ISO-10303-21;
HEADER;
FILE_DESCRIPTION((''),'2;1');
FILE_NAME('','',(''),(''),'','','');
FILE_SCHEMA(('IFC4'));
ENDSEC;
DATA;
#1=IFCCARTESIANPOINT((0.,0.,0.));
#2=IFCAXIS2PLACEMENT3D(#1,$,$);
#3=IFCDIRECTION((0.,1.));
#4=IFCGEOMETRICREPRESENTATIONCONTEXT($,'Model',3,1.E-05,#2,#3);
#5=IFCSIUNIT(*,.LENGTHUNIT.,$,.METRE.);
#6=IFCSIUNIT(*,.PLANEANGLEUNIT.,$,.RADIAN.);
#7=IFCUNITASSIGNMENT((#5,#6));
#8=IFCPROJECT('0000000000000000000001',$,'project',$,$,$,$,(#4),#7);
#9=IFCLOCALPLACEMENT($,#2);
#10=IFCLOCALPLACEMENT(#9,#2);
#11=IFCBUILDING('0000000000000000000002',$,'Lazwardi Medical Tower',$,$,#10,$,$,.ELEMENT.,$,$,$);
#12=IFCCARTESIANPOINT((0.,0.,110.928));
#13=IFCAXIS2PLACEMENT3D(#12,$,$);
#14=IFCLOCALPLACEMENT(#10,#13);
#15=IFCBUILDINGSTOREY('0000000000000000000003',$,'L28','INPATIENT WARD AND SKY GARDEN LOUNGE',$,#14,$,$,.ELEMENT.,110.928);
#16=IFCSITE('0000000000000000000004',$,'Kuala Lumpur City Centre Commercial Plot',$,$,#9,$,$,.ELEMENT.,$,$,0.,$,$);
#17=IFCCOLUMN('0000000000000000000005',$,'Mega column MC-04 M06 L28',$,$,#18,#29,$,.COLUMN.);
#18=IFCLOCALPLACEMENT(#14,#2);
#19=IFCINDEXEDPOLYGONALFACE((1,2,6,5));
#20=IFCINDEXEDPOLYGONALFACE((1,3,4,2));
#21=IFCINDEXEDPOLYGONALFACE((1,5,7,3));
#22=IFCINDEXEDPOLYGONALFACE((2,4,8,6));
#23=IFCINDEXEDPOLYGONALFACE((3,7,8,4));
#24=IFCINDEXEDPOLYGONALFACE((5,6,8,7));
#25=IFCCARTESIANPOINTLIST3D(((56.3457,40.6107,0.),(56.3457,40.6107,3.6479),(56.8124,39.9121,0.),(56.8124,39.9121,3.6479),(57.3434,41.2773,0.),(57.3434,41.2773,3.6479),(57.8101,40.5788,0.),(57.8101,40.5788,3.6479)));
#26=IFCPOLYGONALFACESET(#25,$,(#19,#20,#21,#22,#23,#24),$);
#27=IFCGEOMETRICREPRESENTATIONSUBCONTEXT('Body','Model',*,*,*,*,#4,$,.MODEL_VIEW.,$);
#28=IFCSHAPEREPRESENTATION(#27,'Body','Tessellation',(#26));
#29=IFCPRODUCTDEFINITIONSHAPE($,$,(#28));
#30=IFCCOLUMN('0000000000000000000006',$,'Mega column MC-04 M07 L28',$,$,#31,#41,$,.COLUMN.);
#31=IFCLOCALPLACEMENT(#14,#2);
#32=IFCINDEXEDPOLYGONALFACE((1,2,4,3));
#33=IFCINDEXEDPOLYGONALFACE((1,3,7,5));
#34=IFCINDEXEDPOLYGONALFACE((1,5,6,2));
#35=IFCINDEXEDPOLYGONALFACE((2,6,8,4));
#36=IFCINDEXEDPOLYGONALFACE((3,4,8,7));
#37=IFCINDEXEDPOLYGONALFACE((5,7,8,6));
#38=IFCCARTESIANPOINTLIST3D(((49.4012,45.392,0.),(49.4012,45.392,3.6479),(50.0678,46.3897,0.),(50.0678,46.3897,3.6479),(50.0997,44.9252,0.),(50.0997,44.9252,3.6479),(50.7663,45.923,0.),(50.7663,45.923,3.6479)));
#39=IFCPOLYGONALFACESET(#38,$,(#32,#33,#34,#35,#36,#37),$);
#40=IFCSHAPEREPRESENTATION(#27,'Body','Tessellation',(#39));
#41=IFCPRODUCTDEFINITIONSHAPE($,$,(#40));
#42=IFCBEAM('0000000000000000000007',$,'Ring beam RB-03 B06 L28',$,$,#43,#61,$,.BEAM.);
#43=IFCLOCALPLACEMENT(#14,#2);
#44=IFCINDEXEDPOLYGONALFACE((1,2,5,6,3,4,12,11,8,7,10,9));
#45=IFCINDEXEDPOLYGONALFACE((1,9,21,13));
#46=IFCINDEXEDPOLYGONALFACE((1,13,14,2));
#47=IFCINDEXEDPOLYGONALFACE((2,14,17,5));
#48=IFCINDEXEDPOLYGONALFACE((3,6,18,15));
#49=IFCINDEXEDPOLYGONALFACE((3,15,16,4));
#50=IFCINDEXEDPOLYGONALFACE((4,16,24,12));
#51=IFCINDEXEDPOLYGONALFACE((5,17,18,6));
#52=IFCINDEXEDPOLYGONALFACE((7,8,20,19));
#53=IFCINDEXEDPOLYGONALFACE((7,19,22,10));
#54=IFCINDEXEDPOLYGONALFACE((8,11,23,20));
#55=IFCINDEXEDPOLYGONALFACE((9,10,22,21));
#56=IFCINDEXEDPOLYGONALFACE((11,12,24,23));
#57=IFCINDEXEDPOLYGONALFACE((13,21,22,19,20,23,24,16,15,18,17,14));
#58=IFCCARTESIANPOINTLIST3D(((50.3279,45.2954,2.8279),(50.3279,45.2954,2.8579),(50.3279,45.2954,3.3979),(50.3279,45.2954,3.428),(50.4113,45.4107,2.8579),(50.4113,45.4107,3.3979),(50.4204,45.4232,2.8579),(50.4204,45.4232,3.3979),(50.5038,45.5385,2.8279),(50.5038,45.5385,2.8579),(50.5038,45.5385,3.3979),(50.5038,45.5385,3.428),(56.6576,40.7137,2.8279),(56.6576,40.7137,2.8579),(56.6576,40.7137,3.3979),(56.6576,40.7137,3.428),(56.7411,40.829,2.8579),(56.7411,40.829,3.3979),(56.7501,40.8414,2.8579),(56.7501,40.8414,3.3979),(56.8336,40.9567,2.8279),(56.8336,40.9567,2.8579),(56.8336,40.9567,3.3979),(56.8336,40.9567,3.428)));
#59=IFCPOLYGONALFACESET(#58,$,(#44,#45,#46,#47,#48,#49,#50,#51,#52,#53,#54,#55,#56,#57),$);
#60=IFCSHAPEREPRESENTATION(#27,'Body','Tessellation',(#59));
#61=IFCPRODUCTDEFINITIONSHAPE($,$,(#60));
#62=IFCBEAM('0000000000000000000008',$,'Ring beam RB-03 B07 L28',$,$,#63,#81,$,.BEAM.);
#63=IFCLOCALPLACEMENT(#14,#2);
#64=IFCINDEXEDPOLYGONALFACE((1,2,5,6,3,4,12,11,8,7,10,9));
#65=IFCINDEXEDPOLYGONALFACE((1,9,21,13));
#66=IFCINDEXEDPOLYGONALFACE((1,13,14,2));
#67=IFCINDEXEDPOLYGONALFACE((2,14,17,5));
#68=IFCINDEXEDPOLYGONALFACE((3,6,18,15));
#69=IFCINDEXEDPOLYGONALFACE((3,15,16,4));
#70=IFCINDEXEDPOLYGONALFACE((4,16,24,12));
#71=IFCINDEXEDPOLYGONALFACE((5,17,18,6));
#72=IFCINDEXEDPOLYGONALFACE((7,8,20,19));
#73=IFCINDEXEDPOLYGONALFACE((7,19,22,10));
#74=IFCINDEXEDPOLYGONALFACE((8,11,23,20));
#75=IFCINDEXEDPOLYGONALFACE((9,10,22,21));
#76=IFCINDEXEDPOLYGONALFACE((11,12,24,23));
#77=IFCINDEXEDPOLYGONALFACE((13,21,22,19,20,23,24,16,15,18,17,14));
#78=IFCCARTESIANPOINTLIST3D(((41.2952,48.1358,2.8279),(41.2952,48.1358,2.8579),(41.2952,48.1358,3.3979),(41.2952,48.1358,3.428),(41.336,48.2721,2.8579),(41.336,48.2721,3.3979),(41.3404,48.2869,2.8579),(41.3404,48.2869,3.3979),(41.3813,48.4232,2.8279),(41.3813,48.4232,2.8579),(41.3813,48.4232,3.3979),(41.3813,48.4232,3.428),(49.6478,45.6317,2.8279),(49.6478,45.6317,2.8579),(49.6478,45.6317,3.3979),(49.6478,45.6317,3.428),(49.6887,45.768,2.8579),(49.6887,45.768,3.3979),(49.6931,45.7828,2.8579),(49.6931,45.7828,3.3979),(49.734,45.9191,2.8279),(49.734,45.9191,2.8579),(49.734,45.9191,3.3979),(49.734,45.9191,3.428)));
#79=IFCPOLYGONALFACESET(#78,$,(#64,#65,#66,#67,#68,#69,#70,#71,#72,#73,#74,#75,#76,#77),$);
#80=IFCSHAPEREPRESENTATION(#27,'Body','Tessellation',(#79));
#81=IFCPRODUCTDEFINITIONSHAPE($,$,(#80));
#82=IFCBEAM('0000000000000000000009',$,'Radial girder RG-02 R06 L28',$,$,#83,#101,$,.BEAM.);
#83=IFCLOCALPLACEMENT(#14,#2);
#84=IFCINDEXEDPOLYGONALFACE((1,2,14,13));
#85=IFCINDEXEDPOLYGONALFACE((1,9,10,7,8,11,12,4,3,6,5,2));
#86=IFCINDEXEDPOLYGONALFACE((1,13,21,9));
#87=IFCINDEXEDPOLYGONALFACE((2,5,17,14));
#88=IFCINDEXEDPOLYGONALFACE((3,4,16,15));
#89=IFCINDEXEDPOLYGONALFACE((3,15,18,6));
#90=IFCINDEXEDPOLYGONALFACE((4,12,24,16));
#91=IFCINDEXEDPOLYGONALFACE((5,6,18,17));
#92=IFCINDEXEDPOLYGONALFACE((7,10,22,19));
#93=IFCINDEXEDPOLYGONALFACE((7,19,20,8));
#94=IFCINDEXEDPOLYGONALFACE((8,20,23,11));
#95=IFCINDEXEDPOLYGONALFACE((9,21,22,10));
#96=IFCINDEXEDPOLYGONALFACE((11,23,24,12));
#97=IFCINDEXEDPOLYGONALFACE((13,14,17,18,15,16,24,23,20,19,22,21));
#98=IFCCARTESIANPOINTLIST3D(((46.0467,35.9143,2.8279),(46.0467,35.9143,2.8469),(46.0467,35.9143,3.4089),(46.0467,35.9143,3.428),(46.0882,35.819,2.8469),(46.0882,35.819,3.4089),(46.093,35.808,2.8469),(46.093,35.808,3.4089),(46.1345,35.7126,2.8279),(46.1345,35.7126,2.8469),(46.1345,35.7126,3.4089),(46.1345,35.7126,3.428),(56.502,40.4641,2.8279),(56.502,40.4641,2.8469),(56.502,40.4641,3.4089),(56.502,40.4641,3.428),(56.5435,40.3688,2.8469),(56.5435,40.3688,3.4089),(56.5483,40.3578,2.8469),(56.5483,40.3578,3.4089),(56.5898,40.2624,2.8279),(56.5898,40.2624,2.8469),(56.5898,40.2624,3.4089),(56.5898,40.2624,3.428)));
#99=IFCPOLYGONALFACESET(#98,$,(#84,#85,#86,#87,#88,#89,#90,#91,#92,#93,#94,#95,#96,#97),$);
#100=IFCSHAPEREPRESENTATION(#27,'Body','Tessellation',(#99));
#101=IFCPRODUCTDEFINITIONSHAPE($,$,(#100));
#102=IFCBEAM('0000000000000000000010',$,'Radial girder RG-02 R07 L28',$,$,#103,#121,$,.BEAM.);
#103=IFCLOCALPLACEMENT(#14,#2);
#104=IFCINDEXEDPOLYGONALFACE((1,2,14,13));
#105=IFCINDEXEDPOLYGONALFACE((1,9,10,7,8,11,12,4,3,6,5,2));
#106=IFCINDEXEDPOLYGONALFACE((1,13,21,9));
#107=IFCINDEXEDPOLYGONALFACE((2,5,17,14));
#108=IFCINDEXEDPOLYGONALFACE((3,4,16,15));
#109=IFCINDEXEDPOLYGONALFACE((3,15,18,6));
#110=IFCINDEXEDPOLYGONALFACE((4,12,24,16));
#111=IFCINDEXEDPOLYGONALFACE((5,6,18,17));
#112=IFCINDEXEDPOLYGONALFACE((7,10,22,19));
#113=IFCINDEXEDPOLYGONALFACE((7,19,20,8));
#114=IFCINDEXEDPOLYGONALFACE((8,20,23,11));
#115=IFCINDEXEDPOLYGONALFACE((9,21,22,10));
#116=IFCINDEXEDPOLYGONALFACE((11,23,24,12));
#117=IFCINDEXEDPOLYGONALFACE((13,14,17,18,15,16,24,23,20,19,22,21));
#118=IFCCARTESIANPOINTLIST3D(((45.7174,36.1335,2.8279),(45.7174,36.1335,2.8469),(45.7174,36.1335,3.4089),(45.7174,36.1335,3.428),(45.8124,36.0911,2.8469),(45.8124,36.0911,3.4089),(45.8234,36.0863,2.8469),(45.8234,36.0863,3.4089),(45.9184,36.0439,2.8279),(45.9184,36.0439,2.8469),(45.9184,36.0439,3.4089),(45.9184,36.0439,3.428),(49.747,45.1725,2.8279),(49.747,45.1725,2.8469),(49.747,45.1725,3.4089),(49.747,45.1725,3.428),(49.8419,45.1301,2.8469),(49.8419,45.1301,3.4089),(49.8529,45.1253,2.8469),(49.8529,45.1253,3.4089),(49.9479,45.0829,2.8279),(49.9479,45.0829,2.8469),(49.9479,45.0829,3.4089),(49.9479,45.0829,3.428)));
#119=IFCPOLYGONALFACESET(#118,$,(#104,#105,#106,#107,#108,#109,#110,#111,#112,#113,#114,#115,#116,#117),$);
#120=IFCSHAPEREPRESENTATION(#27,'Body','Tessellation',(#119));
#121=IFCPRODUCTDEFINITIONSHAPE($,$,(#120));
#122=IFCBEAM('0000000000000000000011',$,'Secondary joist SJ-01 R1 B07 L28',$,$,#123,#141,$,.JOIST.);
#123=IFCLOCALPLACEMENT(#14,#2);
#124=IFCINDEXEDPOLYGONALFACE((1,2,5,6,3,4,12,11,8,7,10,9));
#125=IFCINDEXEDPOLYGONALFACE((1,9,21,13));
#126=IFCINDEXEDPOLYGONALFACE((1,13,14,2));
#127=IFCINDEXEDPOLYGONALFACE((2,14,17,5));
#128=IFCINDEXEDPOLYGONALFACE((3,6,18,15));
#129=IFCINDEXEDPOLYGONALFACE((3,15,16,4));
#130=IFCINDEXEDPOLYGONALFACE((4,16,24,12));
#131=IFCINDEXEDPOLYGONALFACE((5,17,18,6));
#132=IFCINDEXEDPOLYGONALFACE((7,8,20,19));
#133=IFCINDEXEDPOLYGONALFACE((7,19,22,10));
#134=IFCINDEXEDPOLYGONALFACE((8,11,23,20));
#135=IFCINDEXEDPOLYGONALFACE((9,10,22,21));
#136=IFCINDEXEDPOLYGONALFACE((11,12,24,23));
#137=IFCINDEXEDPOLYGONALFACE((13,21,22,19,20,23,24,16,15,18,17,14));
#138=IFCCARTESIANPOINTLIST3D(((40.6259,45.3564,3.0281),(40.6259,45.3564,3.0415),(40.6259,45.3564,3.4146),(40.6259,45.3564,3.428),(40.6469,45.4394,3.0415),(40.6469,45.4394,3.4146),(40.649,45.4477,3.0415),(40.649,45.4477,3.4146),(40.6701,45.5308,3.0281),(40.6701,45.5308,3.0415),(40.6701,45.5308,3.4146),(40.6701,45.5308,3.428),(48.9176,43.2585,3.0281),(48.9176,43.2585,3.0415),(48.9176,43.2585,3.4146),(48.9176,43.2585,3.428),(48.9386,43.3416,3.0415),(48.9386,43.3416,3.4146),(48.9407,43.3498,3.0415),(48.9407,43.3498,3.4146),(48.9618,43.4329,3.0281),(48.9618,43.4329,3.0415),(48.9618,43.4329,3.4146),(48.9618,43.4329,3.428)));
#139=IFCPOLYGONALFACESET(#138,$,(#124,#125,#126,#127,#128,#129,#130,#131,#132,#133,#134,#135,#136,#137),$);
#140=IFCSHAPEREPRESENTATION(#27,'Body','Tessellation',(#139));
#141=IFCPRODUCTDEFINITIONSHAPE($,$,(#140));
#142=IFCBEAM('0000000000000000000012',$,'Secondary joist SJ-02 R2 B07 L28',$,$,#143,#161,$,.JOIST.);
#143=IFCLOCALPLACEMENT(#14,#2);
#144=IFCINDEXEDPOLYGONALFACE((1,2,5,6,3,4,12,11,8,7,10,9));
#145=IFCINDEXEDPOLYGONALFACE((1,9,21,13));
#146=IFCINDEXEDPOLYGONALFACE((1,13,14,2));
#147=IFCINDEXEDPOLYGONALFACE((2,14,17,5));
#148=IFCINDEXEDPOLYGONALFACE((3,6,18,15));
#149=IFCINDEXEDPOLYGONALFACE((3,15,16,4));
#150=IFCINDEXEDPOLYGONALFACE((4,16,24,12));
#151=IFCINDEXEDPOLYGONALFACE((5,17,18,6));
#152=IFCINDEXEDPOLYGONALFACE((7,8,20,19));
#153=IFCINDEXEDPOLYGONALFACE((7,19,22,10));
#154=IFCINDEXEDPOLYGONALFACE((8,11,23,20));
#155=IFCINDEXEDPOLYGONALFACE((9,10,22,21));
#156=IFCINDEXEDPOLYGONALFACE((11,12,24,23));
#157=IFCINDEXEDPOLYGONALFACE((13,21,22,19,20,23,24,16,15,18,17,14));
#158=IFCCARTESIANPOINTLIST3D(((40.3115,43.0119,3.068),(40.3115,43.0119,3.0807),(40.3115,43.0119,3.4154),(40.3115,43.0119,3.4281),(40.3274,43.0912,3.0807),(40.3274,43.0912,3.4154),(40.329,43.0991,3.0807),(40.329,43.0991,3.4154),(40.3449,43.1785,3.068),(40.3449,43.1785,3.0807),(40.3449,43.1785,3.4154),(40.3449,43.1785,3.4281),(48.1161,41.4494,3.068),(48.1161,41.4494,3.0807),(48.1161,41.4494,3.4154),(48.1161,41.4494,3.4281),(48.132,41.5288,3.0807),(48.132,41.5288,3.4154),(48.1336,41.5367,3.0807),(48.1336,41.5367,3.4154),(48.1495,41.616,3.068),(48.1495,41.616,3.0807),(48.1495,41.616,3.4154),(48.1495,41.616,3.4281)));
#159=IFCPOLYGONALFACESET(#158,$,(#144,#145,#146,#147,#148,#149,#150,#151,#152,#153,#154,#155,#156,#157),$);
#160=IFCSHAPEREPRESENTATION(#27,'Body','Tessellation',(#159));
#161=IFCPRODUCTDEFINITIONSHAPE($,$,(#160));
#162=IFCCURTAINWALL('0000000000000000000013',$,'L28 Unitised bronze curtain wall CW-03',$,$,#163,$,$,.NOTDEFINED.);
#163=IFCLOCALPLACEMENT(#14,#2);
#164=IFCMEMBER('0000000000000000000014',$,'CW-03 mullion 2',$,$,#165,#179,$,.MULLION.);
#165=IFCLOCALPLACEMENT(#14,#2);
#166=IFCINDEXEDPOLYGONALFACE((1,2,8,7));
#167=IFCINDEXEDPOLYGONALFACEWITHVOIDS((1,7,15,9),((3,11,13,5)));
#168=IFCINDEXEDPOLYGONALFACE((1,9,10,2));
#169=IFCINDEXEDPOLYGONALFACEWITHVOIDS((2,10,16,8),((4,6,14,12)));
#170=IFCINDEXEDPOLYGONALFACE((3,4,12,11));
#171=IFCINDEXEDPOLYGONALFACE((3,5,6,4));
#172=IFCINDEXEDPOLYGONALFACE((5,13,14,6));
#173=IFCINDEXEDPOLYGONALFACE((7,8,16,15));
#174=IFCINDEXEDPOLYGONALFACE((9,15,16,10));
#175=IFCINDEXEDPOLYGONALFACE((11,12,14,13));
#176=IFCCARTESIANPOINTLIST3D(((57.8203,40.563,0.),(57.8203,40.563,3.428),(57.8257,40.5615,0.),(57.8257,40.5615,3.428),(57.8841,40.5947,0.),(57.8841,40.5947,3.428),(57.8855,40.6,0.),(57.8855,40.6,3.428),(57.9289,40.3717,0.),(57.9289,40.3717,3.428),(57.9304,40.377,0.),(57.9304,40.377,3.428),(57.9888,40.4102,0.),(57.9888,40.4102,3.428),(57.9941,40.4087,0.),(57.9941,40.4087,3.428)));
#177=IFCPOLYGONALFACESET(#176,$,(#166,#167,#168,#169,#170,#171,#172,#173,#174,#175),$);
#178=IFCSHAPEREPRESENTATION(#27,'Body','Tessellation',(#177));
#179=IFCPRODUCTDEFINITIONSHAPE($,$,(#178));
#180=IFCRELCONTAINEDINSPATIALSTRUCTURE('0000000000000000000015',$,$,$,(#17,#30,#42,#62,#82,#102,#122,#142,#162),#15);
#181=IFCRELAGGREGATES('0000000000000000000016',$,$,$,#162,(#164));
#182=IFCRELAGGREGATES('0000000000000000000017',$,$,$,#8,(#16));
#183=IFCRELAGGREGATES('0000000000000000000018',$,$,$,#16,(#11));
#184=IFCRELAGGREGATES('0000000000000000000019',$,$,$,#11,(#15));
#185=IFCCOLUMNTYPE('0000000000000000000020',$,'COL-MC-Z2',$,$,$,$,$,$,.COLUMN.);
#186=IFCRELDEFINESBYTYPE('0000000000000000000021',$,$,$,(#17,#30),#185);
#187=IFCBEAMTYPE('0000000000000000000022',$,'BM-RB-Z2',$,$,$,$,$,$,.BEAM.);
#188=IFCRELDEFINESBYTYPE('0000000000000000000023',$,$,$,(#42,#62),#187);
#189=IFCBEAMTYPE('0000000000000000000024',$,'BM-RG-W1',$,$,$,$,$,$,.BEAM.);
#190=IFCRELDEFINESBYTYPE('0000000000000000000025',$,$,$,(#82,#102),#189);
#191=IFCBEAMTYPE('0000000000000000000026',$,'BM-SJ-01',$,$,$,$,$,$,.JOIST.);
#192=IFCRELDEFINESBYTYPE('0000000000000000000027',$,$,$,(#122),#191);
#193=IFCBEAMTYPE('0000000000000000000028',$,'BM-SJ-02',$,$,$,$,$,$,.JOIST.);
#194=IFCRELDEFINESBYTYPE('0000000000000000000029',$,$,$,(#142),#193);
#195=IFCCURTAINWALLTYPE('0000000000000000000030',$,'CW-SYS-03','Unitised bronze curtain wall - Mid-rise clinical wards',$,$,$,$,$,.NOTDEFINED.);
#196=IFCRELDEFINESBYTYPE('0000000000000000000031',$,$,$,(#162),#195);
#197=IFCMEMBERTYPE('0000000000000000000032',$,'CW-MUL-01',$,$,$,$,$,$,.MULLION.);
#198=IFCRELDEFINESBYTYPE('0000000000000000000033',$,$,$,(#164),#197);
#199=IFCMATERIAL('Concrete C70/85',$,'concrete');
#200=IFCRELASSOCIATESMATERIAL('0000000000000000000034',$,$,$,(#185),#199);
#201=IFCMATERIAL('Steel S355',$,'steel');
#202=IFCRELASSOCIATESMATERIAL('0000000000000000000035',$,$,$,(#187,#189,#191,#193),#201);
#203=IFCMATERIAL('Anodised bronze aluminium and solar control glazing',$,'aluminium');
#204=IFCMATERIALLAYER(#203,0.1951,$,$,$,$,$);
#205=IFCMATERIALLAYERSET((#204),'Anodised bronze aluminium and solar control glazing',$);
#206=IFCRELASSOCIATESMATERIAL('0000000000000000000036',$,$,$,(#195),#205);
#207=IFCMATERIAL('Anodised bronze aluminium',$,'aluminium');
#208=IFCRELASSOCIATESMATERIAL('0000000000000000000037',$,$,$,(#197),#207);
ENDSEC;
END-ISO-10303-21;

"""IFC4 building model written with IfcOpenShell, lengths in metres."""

from ifc_helpers import new_model, si_unit, direction, frame, origin, origin_2d, place, context, subcontext, project, spatial, rectangle, hollow_rectangle, i_section, extrude, material, layer, layer_set, material_profile, profile_set, type_object, element, aggregate, save


model = new_model("IFC4")

# Units and contexts
model_context = context("Model", 3, precision=1e-05, world=origin(), true_north=direction((0.0, 1.0)))
body_context = subcontext(model_context, "Body", "Model", "MODEL_VIEW")
ifc_project = project(units=[si_unit("LENGTHUNIT", "METRE"), si_unit("PLANEANGLEUNIT", "RADIAN")], contexts=[model_context])

# Site, building, storey
site_placement = place(None, origin())
site = spatial("IfcSite", under=ifc_project, at=site_placement, Name="Kuala Lumpur City Centre Commercial Plot", CompositionType="ELEMENT", RefElevation=0.0)
building_placement = place(site_placement, origin())
building = spatial("IfcBuilding", under=site, at=building_placement, Name="Lazwardi Medical Tower", CompositionType="ELEMENT")
storey_placement = place(building_placement, frame((0.0, 0.0, 110.928)))
storey = spatial("IfcBuildingStorey", under=building, at=storey_placement, Name="L28", Description="INPATIENT WARD AND SKY GARDEN LOUNGE", CompositionType="ELEMENT", Elevation=110.928)

# Columns
ifc_material_1 = material(Name="Concrete C70/85", Category="concrete")
ifc_material_profile_1 = material_profile(ifc_material_1, rectangle(XDim=1.2, YDim=0.8401, at=origin_2d()), Name="CFT-RECT 1200x840")
ifc_profile_set_1 = profile_set([ifc_material_profile_1], Name="Concrete C70/85")
column_type = type_object("IfcColumnType", Name="COL-MC-Z2", PredefinedType="COLUMN", material=ifc_profile_set_1)
for number, where, z_axis, x_axis, name in (
    (1, (57.0779, 40.5947, 0.0), (0.0, 0.0, 1.0), (0.83147, 0.55557, 0.0), "Mega column MC-04 M06 L28"),
    (2, (50.0837, 45.6575, 0.0), (0.0, 0.0, 1.0), (0.55557, 0.83147, 0.0), "Mega column MC-04 M07 L28"),
):
    element("IfcColumn", number, at=place(storey_placement, frame(where, z_axis=z_axis, x_axis=x_axis)), inside=storey, type_object=column_type, Name=name, PredefinedType="COLUMN", context=body_context, shape_type="SweptSolid", body=[
        extrude(rectangle(XDim=1.2, YDim=0.8401, at=origin_2d()), origin(), (0.0, 0.0, 1.0), 3.6479),
    ])

# Beams
ifc_material_2 = material(Name="Steel S355", Category="steel")
ifc_material_profile_2 = material_profile(ifc_material_2, i_section(OverallWidth=0.3, OverallDepth=0.6001, WebThickness=0.0154, FlangeThickness=0.03, at=origin_2d()), Name="HEB 600")
ifc_profile_set_2 = profile_set([ifc_material_profile_2], Name="Steel S355")
beam_type_1 = type_object("IfcBeamType", Name="BM-RB-Z2", PredefinedType="BEAM", material=ifc_profile_set_2)
beam_1_placement = place(storey_placement, frame((56.7456, 40.8352, 3.1279), z_axis=(-0.810057, 0.586351, 0.0), x_axis=(-0.586351, -0.810057, 0.0)))
element("IfcBeam", 3, at=beam_1_placement, inside=storey, type_object=beam_type_1, Name="Ring beam RB-03 B06 L28", PredefinedType="BEAM", context=body_context, shape_type="SweptSolid", body=[
    extrude(i_section(OverallWidth=0.3, OverallDepth=0.6001, WebThickness=0.0154, FlangeThickness=0.03, at=origin_2d()), origin(), (0.0, 0.0, 1.0), 7.814),
])
beam_2_placement = place(storey_placement, frame((49.6909, 45.7754, 3.1279), z_axis=(-0.957879, 0.287171, 0.0), x_axis=(-0.287171, -0.957879, 0.0)))
element("IfcBeam", 4, at=beam_2_placement, inside=storey, type_object=beam_type_1, Name="Ring beam RB-03 B07 L28", PredefinedType="BEAM", context=body_context, shape_type="SweptSolid", body=[
    extrude(i_section(OverallWidth=0.3, OverallDepth=0.6001, WebThickness=0.0154, FlangeThickness=0.03, at=origin_2d()), origin(), (0.0, 0.0, 1.0), 8.72),
])
ifc_material_profile_3 = material_profile(ifc_material_2, i_section(OverallWidth=0.22, OverallDepth=0.6001, WebThickness=0.012, FlangeThickness=0.019, at=origin_2d()), Name="IPE 600")
ifc_profile_set_3 = profile_set([ifc_material_profile_3], Name="Steel S355")
beam_type_2 = type_object("IfcBeamType", Name="BM-RG-W1", PredefinedType="BEAM", material=ifc_profile_set_3)
beam_3_placement = place(storey_placement, frame((56.5459, 40.3633, 3.1279), z_axis=(-0.916941, -0.399022, 0.0), x_axis=(0.399022, -0.916941, 0.0)))
element("IfcBeam", 5, at=beam_3_placement, inside=storey, type_object=beam_type_2, Name="Radial girder RG-02 R06 L28", PredefinedType="BEAM", context=body_context, shape_type="SweptSolid", body=[
    extrude(i_section(OverallWidth=0.22, OverallDepth=0.6001, WebThickness=0.012, FlangeThickness=0.019, at=origin_2d()), origin(), (0.0, 0.0, 1.0), 11.4023),
])
beam_4_placement = place(storey_placement, frame((49.8474, 45.1277, 3.1279), z_axis=(-0.407166, -0.913354, 0.0), x_axis=(0.913354, -0.407166, 0.0)))
element("IfcBeam", 6, at=beam_4_placement, inside=storey, type_object=beam_type_2, Name="Radial girder RG-02 R07 L28", PredefinedType="BEAM", context=body_context, shape_type="SweptSolid", body=[
    extrude(i_section(OverallWidth=0.22, OverallDepth=0.6001, WebThickness=0.012, FlangeThickness=0.019, at=origin_2d()), origin(), (0.0, 0.0, 1.0), 9.8965),
])
ifc_material_profile_4 = material_profile(ifc_material_2, i_section(OverallWidth=0.1799, OverallDepth=0.3999, WebThickness=0.0085, FlangeThickness=0.0134, at=origin_2d()), Name="IPE 400")
ifc_profile_set_4 = profile_set([ifc_material_profile_4], Name="Steel S355")
beam_type_3 = type_object("IfcBeamType", Name="BM-SJ-01", PredefinedType="JOIST", material=ifc_profile_set_4)
beam_5_placement = place(storey_placement, frame((48.9397, 43.3457, 3.228), z_axis=(-0.969452, 0.245282, 0.0), x_axis=(-0.245282, -0.969452, 0.0)))
element("IfcBeam", 7, at=beam_5_placement, inside=storey, type_object=beam_type_3, Name="Secondary joist SJ-01 R1 B07 L28", PredefinedType="JOIST", context=body_context, shape_type="SweptSolid", body=[
    extrude(i_section(OverallWidth=0.1799, OverallDepth=0.3999, WebThickness=0.0085, FlangeThickness=0.0134, at=origin_2d()), origin(), (0.0, 0.0, 1.0), 8.553),
])
ifc_material_profile_5 = material_profile(ifc_material_2, i_section(OverallWidth=0.1699, OverallDepth=0.3601, WebThickness=0.0081, FlangeThickness=0.0127, at=origin_2d()), Name="IPE 360")
ifc_profile_set_5 = profile_set([ifc_material_profile_5], Name="Steel S355")
beam_type_4 = type_object("IfcBeamType", Name="BM-SJ-02", PredefinedType="JOIST", material=ifc_profile_set_5)
beam_6_placement = place(storey_placement, frame((48.1328, 41.5327, 3.248), z_axis=(-0.980543, 0.196305, 0.0), x_axis=(-0.196305, -0.980543, 0.0)))
element("IfcBeam", 8, at=beam_6_placement, inside=storey, type_object=beam_type_4, Name="Secondary joist SJ-02 R2 B07 L28", PredefinedType="JOIST", context=body_context, shape_type="SweptSolid", body=[
    extrude(i_section(OverallWidth=0.1699, OverallDepth=0.3601, WebThickness=0.0081, FlangeThickness=0.0127, at=origin_2d()), origin(), (0.0, 0.0, 1.0), 7.9595),
])

# Curtain wall, member
ifc_material_3 = material(Name="Anodised bronze aluminium and solar control glazing", Category="aluminium")
ifc_layer_1 = layer(ifc_material_3, 0.1951)
ifc_layer_set_1 = layer_set([ifc_layer_1], Name="Anodised bronze aluminium and solar control glazing")
curtain_wall_type = type_object("IfcCurtainWallType", Name="CW-SYS-03", Description="Unitised bronze curtain wall - Mid-rise clinical wards", PredefinedType="NOTDEFINED", material=ifc_layer_set_1)
curtain_wall_1_placement = place(storey_placement, origin())
curtain_wall_1 = element("IfcCurtainWall", 9, at=curtain_wall_1_placement, inside=storey, type_object=curtain_wall_type, Name="L28 Unitised bronze curtain wall CW-03", PredefinedType="NOTDEFINED")
ifc_material_4 = material(Name="Anodised bronze aluminium", Category="aluminium")
ifc_material_profile_6 = material_profile(ifc_material_4, hollow_rectangle(XDim=0.075, YDim=0.22, WallThickness=0.0039, at=origin_2d()), Name="ALU-MULLION 220x75x4")
ifc_profile_set_6 = profile_set([ifc_material_profile_6], Name="Anodised bronze aluminium")
member_type_1 = type_object("IfcMemberType", Name="CW-MUL-01", PredefinedType="MULLION", material=ifc_profile_set_6)
member_1_placement = place(storey_placement, frame((57.9072, 40.4858, 0.0), z_axis=(0.0, 0.0, 1.0), x_axis=(-0.869687, -0.493603, 0.0)))
member_1 = element("IfcMember", 10, at=member_1_placement, type_object=member_type_1, Name="CW-03 mullion 2", PredefinedType="MULLION", context=body_context, shape_type="SweptSolid", body=[
    extrude(hollow_rectangle(XDim=0.075, YDim=0.22, WallThickness=0.0039, at=origin_2d()), origin(), (0.0, 0.0, 1.0), 3.428),
])
aggregate(curtain_wall_1, [member_1])

save(model, "model.ifc")
